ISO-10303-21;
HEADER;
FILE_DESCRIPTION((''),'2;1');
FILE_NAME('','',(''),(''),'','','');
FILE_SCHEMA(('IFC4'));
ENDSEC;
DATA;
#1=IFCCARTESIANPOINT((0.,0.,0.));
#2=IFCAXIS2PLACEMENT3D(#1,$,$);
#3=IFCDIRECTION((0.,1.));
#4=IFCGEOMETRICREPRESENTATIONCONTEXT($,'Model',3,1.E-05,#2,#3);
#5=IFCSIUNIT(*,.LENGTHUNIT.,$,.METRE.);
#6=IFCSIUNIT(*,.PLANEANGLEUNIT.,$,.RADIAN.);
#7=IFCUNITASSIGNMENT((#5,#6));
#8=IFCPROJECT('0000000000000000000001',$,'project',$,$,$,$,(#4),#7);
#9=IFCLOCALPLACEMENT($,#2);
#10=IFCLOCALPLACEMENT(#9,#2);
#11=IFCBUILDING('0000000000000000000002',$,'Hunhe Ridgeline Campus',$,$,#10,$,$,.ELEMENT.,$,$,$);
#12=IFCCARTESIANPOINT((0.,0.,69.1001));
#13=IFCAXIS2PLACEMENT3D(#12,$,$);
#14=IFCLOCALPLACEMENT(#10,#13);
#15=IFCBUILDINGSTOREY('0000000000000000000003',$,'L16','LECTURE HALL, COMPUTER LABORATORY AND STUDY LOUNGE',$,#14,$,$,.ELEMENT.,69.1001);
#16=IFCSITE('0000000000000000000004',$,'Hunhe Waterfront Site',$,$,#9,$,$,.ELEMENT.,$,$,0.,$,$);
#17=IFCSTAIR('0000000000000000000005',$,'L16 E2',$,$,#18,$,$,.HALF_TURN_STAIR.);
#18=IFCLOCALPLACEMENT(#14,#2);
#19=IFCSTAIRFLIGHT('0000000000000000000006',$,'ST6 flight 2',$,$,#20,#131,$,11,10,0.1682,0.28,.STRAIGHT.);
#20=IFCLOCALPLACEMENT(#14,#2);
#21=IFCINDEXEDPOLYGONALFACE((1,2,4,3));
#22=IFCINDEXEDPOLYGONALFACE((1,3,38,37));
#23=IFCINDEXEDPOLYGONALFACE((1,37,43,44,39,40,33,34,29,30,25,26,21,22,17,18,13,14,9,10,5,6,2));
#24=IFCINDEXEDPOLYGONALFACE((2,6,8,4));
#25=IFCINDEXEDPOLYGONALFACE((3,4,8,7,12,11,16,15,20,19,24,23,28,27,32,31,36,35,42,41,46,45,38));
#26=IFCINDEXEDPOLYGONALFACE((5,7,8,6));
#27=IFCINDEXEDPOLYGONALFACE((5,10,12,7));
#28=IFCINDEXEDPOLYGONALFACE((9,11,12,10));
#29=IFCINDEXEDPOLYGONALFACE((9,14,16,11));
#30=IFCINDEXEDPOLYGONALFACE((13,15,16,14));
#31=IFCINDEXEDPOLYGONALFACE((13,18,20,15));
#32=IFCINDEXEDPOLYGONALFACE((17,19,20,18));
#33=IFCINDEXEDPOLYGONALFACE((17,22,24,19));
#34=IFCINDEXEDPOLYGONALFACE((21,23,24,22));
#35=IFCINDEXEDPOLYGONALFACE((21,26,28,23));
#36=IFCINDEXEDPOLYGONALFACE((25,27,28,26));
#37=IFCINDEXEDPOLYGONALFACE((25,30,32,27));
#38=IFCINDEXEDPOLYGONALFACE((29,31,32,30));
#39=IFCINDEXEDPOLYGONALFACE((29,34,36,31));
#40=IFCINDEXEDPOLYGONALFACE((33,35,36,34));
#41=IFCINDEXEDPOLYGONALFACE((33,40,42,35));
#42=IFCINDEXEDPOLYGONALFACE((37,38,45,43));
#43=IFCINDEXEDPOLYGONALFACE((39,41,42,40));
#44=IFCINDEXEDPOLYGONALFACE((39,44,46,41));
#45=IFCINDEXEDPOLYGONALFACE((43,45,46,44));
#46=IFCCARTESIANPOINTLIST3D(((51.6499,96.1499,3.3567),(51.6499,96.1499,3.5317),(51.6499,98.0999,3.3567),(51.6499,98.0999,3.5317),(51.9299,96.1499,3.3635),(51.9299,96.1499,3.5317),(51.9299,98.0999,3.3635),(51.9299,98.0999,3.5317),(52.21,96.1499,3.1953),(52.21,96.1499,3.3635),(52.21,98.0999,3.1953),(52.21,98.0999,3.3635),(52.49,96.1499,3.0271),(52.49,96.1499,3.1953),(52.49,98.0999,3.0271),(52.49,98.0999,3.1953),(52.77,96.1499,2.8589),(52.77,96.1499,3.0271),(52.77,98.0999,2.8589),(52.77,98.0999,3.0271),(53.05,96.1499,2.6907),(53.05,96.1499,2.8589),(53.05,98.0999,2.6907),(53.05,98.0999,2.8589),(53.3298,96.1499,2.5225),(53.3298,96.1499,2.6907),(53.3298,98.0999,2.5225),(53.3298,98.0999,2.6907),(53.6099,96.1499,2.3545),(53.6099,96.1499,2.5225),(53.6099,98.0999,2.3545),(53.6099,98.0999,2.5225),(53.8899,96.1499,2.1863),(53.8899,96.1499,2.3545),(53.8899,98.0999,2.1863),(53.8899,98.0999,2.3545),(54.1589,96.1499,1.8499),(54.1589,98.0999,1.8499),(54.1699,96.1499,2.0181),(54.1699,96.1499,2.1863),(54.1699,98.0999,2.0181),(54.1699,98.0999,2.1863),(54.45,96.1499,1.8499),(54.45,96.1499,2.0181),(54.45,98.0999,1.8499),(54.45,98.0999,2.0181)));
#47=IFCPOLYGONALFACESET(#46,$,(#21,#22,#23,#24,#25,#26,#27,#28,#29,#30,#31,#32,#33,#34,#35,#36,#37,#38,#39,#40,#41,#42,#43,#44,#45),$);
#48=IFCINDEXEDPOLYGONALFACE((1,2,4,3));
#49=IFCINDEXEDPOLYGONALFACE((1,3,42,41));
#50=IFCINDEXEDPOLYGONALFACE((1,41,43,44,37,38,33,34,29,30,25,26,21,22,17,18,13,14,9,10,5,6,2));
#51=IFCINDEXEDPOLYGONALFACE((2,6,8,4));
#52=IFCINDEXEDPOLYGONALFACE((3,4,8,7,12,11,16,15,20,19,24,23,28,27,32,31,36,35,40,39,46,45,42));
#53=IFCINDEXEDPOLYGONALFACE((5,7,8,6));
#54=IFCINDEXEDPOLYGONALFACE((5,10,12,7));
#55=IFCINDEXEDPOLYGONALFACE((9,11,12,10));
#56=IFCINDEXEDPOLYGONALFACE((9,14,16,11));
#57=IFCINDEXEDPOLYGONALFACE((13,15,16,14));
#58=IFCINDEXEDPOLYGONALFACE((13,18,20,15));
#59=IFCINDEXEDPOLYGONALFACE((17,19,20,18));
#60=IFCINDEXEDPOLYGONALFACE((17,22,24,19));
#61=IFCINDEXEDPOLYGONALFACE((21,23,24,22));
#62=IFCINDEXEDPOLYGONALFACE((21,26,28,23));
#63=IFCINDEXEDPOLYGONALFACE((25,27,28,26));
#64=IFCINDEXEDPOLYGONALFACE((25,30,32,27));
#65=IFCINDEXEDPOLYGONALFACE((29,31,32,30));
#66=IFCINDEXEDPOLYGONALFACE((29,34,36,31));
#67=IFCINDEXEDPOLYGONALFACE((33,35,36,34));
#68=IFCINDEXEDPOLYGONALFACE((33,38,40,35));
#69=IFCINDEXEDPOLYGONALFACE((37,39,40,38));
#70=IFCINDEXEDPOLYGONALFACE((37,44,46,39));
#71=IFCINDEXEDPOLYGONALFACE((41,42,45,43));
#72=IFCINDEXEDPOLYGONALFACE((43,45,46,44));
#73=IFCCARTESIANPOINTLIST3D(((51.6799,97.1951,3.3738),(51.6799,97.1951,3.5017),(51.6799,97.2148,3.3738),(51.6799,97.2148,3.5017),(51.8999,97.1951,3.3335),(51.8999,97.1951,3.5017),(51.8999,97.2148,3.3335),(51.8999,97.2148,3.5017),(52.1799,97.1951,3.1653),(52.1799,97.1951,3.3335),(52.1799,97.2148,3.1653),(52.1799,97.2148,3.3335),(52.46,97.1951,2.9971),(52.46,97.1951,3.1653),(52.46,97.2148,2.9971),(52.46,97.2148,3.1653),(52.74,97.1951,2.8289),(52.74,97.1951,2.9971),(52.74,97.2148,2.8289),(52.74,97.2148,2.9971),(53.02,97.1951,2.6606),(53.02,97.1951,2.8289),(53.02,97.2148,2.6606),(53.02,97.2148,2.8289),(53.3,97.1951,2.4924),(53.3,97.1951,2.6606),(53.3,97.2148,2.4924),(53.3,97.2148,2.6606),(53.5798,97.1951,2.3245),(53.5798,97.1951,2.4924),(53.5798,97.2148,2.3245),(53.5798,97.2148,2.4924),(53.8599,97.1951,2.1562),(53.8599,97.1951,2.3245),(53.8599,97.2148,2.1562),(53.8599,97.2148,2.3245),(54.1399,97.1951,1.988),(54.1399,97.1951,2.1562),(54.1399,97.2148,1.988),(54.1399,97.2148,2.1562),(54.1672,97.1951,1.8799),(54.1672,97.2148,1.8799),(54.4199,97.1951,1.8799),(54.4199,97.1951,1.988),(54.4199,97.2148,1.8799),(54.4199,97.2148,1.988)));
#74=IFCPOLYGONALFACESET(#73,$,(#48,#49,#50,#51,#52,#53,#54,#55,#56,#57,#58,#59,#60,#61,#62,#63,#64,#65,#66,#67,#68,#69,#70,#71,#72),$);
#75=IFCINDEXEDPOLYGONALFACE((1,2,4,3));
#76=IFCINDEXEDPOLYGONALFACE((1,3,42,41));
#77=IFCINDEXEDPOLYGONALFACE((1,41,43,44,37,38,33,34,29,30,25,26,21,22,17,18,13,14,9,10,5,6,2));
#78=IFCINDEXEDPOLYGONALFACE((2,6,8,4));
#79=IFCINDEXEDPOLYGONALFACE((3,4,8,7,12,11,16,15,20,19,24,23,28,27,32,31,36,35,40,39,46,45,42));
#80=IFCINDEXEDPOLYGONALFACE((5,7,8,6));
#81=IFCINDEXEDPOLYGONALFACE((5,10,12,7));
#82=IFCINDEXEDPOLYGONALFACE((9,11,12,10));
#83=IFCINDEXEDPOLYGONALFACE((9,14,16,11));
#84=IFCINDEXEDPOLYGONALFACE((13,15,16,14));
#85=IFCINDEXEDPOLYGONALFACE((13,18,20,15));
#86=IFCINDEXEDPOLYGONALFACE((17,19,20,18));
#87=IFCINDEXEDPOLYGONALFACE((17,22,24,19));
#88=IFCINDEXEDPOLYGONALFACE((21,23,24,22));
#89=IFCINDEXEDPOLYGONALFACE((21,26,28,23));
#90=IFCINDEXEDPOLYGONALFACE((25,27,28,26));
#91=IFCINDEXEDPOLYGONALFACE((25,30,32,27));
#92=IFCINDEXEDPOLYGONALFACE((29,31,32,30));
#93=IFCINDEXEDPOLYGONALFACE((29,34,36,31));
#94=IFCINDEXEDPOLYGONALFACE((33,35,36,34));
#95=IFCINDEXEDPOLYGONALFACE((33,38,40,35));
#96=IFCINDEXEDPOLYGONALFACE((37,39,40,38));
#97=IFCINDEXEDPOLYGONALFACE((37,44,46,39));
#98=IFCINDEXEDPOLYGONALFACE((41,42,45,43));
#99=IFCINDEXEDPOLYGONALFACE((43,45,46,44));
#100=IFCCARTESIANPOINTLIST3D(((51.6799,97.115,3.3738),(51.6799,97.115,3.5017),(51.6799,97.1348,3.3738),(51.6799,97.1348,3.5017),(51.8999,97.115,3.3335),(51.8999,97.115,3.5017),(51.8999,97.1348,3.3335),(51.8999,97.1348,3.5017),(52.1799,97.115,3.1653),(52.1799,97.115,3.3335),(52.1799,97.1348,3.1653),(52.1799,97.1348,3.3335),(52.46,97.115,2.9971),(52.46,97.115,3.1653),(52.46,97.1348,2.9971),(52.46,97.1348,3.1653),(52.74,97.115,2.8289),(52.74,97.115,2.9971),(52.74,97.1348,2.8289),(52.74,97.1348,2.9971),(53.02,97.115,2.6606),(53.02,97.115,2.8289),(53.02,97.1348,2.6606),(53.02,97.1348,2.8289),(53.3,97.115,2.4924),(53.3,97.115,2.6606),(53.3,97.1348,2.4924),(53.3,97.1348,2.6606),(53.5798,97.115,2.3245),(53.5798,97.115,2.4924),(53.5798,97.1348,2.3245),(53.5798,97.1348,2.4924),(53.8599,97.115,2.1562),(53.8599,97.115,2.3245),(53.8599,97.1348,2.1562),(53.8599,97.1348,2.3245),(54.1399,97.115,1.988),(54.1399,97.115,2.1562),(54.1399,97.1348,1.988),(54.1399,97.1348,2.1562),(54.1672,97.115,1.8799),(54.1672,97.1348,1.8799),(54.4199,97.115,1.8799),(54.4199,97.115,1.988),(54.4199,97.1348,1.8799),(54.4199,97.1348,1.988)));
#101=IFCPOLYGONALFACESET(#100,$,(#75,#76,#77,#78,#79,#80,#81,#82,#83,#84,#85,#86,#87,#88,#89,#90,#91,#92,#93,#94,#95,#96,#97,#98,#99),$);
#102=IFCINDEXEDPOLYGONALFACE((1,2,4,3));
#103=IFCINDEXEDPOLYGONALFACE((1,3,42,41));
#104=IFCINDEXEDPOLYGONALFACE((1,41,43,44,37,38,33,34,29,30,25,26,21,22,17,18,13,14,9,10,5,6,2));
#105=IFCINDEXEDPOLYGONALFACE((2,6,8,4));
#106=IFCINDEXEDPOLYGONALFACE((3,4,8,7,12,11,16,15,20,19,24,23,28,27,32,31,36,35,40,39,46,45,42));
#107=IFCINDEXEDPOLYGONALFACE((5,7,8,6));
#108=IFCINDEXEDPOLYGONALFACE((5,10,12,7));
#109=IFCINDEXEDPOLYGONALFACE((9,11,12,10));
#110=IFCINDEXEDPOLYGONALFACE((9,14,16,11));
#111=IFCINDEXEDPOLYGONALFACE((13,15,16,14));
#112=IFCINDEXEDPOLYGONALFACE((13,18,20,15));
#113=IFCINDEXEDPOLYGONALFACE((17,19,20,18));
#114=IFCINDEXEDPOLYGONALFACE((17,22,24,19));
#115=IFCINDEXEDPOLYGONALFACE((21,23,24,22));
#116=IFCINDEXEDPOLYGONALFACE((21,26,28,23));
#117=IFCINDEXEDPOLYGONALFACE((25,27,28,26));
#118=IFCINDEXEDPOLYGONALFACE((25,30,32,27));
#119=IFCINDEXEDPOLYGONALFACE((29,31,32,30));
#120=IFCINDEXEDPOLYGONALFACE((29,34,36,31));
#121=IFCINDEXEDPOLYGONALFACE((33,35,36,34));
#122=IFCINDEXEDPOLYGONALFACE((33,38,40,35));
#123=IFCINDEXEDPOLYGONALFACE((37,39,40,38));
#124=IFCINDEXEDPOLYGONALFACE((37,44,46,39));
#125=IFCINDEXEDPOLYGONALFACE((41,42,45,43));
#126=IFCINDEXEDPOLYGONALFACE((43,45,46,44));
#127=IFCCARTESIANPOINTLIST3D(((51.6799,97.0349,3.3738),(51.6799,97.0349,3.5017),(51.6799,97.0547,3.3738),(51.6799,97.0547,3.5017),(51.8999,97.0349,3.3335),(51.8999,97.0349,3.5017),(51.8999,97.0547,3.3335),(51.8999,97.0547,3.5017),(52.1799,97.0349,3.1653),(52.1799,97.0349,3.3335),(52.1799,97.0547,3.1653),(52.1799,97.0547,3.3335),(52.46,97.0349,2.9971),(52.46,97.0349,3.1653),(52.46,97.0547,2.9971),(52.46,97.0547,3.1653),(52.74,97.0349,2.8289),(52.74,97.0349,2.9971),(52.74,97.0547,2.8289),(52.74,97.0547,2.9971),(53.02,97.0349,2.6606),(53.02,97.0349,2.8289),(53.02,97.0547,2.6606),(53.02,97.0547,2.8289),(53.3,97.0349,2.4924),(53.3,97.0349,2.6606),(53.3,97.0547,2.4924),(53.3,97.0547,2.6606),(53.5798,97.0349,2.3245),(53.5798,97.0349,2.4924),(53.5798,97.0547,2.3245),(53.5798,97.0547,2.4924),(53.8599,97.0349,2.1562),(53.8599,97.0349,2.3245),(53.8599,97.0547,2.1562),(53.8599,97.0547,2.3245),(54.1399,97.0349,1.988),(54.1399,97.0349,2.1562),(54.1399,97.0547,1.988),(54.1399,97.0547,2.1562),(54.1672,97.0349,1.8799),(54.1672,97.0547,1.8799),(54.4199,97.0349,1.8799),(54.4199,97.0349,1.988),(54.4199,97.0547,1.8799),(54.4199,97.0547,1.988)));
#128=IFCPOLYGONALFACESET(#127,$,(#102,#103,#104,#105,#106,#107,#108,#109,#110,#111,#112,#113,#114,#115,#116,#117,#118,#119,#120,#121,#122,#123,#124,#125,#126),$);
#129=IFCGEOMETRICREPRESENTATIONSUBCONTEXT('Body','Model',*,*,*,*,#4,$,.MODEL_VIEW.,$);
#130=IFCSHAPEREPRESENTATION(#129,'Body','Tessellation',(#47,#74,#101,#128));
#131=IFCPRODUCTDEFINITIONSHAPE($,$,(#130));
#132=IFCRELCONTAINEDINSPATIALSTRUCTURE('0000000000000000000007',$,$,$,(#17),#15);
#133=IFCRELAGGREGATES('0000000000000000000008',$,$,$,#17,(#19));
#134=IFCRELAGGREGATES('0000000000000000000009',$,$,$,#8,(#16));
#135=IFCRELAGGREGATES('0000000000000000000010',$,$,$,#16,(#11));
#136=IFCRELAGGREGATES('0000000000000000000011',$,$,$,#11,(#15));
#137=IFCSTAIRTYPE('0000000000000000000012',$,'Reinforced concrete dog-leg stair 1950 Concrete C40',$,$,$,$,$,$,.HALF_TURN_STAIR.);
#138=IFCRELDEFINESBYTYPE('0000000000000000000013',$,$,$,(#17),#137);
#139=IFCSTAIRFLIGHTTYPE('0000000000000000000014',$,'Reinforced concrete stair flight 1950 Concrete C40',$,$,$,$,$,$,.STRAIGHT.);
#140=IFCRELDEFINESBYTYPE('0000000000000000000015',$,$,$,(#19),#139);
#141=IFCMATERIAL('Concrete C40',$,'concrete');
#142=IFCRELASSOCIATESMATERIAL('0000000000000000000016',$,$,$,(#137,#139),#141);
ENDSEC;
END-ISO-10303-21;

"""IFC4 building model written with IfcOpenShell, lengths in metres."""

from ifc_helpers import new_model, si_unit, direction, frame, origin, place, context, subcontext, project, spatial, polyline, outline, extrude, material, type_object, element, aggregate, save


model = new_model("IFC4")

# Units and contexts
model_context = context("Model", 3, precision=1e-05, world=origin(), true_north=direction((0.0, 1.0)))
body_context = subcontext(model_context, "Body", "Model", "MODEL_VIEW")
ifc_project = project(units=[si_unit("LENGTHUNIT", "METRE"), si_unit("PLANEANGLEUNIT", "RADIAN")], contexts=[model_context])

# Site, building, storey
site_placement = place(None, origin())
site = spatial("IfcSite", under=ifc_project, at=site_placement, Name="Hunhe Waterfront Site", CompositionType="ELEMENT", RefElevation=0.0)
building_placement = place(site_placement, origin())
building = spatial("IfcBuilding", under=site, at=building_placement, Name="Hunhe Ridgeline Campus", CompositionType="ELEMENT")
storey_placement = place(building_placement, frame((0.0, 0.0, 69.1001)))
storey = spatial("IfcBuildingStorey", under=building, at=storey_placement, Name="L16", Description="LECTURE HALL, COMPUTER LABORATORY AND STUDY LOUNGE", CompositionType="ELEMENT", Elevation=69.1001)

# Stair, stair flight
ifc_material_1 = material(Name="Concrete C40", Category="concrete")
stair_type = type_object("IfcStairType", Name="Reinforced concrete dog-leg stair 1950 Concrete C40", PredefinedType="HALF_TURN_STAIR", material=ifc_material_1)
stair_flight_type = type_object("IfcStairFlightType", Name="Reinforced concrete stair flight 1950 Concrete C40", PredefinedType="STRAIGHT", material=ifc_material_1)
stair_1_placement = place(storey_placement, origin())
stair_1 = element("IfcStair", 1, at=stair_1_placement, inside=storey, type_object=stair_type, Name="L16 E2", PredefinedType="HALF_TURN_STAIR")
stair_flight_1_placement = place(storey_placement, frame((54.45, 97.125, 1.8499), z_axis=(0.0, 0.0, 1.0), x_axis=(-1.0, 0.0, 0.0)))
stair_flight_1 = element("IfcStairFlight", 2, at=stair_flight_1_placement, type_object=stair_flight_type, Name="ST6 flight 2", NumberOfRisers=11, NumberOfTreads=10, PredefinedType="STRAIGHT", RiserHeight=0.1682, TreadLength=0.28, context=body_context, shape_type="SweptSolid", body=[
    extrude(outline(polyline([(0.0, 0.0), (0.0, 0.1682), (0.28, 0.1682), (0.28, 0.3364), (0.5601, 0.3364), (0.5601, 0.5046), (0.8401, 0.5046), (0.8401, 0.6726), (1.1201, 0.6726), (1.1201, 0.8408), (1.3999, 0.8408), (1.3999, 1.009), (1.6799, 1.009), (1.6799, 1.1772), (1.96, 1.1772), (1.96, 1.3455), (2.24, 1.3455), (2.24, 1.5137), (2.52, 1.5137), (2.52, 1.6819), (2.8, 1.6819), (2.8, 1.8501), (2.8, 1.5068), (0.291, 0.0), (0.0, 0.0)])), frame((0.0, 0.9751, 0.0), z_axis=(0.0, -1.0, 0.0), x_axis=(1.0, 0.0, 0.0)), (0.0, 0.0, 1.0), 1.95),
    extrude(outline(polyline([(0.03, 0.03), (0.03, 0.1382), (0.3101, 0.1382), (0.3101, 0.3064), (0.5901, 0.3064), (0.5901, 0.4746), (0.8701, 0.4746), (0.8701, 0.6426), (1.1499, 0.6426), (1.1499, 0.8108), (1.4299, 0.8108), (1.4299, 0.979), (1.71, 0.979), (1.71, 1.1472), (1.99, 1.1472), (1.99, 1.3154), (2.27, 1.3154), (2.27, 1.4836), (2.55, 1.4836), (2.55, 1.6519), (2.77, 1.6519), (2.77, 1.5239), (0.2827, 0.03), (0.03, 0.03)])), frame((0.0, -0.0701, 0.0), z_axis=(0.0, -1.0, 0.0), x_axis=(1.0, 0.0, 0.0)), (0.0, 0.0, 1.0), 0.0198),
    extrude(outline(polyline([(0.03, 0.03), (0.03, 0.1382), (0.3101, 0.1382), (0.3101, 0.3064), (0.5901, 0.3064), (0.5901, 0.4746), (0.8701, 0.4746), (0.8701, 0.6426), (1.1499, 0.6426), (1.1499, 0.8108), (1.4299, 0.8108), (1.4299, 0.979), (1.71, 0.979), (1.71, 1.1472), (1.99, 1.1472), (1.99, 1.3154), (2.27, 1.3154), (2.27, 1.4836), (2.55, 1.4836), (2.55, 1.6519), (2.77, 1.6519), (2.77, 1.5239), (0.2827, 0.03), (0.03, 0.03)])), frame((0.0, 0.01, 0.0), z_axis=(0.0, -1.0, 0.0), x_axis=(1.0, 0.0, 0.0)), (0.0, 0.0, 1.0), 0.0198),
    extrude(outline(polyline([(0.03, 0.03), (0.03, 0.1382), (0.3101, 0.1382), (0.3101, 0.3064), (0.5901, 0.3064), (0.5901, 0.4746), (0.8701, 0.4746), (0.8701, 0.6426), (1.1499, 0.6426), (1.1499, 0.8108), (1.4299, 0.8108), (1.4299, 0.979), (1.71, 0.979), (1.71, 1.1472), (1.99, 1.1472), (1.99, 1.3154), (2.27, 1.3154), (2.27, 1.4836), (2.55, 1.4836), (2.55, 1.6519), (2.77, 1.6519), (2.77, 1.5239), (0.2827, 0.03), (0.03, 0.03)])), frame((0.0, 0.0901, 0.0), z_axis=(0.0, -1.0, 0.0), x_axis=(1.0, 0.0, 0.0)), (0.0, 0.0, 1.0), 0.0198),
])
aggregate(stair_1, [stair_flight_1])

save(model, "model.ifc")
